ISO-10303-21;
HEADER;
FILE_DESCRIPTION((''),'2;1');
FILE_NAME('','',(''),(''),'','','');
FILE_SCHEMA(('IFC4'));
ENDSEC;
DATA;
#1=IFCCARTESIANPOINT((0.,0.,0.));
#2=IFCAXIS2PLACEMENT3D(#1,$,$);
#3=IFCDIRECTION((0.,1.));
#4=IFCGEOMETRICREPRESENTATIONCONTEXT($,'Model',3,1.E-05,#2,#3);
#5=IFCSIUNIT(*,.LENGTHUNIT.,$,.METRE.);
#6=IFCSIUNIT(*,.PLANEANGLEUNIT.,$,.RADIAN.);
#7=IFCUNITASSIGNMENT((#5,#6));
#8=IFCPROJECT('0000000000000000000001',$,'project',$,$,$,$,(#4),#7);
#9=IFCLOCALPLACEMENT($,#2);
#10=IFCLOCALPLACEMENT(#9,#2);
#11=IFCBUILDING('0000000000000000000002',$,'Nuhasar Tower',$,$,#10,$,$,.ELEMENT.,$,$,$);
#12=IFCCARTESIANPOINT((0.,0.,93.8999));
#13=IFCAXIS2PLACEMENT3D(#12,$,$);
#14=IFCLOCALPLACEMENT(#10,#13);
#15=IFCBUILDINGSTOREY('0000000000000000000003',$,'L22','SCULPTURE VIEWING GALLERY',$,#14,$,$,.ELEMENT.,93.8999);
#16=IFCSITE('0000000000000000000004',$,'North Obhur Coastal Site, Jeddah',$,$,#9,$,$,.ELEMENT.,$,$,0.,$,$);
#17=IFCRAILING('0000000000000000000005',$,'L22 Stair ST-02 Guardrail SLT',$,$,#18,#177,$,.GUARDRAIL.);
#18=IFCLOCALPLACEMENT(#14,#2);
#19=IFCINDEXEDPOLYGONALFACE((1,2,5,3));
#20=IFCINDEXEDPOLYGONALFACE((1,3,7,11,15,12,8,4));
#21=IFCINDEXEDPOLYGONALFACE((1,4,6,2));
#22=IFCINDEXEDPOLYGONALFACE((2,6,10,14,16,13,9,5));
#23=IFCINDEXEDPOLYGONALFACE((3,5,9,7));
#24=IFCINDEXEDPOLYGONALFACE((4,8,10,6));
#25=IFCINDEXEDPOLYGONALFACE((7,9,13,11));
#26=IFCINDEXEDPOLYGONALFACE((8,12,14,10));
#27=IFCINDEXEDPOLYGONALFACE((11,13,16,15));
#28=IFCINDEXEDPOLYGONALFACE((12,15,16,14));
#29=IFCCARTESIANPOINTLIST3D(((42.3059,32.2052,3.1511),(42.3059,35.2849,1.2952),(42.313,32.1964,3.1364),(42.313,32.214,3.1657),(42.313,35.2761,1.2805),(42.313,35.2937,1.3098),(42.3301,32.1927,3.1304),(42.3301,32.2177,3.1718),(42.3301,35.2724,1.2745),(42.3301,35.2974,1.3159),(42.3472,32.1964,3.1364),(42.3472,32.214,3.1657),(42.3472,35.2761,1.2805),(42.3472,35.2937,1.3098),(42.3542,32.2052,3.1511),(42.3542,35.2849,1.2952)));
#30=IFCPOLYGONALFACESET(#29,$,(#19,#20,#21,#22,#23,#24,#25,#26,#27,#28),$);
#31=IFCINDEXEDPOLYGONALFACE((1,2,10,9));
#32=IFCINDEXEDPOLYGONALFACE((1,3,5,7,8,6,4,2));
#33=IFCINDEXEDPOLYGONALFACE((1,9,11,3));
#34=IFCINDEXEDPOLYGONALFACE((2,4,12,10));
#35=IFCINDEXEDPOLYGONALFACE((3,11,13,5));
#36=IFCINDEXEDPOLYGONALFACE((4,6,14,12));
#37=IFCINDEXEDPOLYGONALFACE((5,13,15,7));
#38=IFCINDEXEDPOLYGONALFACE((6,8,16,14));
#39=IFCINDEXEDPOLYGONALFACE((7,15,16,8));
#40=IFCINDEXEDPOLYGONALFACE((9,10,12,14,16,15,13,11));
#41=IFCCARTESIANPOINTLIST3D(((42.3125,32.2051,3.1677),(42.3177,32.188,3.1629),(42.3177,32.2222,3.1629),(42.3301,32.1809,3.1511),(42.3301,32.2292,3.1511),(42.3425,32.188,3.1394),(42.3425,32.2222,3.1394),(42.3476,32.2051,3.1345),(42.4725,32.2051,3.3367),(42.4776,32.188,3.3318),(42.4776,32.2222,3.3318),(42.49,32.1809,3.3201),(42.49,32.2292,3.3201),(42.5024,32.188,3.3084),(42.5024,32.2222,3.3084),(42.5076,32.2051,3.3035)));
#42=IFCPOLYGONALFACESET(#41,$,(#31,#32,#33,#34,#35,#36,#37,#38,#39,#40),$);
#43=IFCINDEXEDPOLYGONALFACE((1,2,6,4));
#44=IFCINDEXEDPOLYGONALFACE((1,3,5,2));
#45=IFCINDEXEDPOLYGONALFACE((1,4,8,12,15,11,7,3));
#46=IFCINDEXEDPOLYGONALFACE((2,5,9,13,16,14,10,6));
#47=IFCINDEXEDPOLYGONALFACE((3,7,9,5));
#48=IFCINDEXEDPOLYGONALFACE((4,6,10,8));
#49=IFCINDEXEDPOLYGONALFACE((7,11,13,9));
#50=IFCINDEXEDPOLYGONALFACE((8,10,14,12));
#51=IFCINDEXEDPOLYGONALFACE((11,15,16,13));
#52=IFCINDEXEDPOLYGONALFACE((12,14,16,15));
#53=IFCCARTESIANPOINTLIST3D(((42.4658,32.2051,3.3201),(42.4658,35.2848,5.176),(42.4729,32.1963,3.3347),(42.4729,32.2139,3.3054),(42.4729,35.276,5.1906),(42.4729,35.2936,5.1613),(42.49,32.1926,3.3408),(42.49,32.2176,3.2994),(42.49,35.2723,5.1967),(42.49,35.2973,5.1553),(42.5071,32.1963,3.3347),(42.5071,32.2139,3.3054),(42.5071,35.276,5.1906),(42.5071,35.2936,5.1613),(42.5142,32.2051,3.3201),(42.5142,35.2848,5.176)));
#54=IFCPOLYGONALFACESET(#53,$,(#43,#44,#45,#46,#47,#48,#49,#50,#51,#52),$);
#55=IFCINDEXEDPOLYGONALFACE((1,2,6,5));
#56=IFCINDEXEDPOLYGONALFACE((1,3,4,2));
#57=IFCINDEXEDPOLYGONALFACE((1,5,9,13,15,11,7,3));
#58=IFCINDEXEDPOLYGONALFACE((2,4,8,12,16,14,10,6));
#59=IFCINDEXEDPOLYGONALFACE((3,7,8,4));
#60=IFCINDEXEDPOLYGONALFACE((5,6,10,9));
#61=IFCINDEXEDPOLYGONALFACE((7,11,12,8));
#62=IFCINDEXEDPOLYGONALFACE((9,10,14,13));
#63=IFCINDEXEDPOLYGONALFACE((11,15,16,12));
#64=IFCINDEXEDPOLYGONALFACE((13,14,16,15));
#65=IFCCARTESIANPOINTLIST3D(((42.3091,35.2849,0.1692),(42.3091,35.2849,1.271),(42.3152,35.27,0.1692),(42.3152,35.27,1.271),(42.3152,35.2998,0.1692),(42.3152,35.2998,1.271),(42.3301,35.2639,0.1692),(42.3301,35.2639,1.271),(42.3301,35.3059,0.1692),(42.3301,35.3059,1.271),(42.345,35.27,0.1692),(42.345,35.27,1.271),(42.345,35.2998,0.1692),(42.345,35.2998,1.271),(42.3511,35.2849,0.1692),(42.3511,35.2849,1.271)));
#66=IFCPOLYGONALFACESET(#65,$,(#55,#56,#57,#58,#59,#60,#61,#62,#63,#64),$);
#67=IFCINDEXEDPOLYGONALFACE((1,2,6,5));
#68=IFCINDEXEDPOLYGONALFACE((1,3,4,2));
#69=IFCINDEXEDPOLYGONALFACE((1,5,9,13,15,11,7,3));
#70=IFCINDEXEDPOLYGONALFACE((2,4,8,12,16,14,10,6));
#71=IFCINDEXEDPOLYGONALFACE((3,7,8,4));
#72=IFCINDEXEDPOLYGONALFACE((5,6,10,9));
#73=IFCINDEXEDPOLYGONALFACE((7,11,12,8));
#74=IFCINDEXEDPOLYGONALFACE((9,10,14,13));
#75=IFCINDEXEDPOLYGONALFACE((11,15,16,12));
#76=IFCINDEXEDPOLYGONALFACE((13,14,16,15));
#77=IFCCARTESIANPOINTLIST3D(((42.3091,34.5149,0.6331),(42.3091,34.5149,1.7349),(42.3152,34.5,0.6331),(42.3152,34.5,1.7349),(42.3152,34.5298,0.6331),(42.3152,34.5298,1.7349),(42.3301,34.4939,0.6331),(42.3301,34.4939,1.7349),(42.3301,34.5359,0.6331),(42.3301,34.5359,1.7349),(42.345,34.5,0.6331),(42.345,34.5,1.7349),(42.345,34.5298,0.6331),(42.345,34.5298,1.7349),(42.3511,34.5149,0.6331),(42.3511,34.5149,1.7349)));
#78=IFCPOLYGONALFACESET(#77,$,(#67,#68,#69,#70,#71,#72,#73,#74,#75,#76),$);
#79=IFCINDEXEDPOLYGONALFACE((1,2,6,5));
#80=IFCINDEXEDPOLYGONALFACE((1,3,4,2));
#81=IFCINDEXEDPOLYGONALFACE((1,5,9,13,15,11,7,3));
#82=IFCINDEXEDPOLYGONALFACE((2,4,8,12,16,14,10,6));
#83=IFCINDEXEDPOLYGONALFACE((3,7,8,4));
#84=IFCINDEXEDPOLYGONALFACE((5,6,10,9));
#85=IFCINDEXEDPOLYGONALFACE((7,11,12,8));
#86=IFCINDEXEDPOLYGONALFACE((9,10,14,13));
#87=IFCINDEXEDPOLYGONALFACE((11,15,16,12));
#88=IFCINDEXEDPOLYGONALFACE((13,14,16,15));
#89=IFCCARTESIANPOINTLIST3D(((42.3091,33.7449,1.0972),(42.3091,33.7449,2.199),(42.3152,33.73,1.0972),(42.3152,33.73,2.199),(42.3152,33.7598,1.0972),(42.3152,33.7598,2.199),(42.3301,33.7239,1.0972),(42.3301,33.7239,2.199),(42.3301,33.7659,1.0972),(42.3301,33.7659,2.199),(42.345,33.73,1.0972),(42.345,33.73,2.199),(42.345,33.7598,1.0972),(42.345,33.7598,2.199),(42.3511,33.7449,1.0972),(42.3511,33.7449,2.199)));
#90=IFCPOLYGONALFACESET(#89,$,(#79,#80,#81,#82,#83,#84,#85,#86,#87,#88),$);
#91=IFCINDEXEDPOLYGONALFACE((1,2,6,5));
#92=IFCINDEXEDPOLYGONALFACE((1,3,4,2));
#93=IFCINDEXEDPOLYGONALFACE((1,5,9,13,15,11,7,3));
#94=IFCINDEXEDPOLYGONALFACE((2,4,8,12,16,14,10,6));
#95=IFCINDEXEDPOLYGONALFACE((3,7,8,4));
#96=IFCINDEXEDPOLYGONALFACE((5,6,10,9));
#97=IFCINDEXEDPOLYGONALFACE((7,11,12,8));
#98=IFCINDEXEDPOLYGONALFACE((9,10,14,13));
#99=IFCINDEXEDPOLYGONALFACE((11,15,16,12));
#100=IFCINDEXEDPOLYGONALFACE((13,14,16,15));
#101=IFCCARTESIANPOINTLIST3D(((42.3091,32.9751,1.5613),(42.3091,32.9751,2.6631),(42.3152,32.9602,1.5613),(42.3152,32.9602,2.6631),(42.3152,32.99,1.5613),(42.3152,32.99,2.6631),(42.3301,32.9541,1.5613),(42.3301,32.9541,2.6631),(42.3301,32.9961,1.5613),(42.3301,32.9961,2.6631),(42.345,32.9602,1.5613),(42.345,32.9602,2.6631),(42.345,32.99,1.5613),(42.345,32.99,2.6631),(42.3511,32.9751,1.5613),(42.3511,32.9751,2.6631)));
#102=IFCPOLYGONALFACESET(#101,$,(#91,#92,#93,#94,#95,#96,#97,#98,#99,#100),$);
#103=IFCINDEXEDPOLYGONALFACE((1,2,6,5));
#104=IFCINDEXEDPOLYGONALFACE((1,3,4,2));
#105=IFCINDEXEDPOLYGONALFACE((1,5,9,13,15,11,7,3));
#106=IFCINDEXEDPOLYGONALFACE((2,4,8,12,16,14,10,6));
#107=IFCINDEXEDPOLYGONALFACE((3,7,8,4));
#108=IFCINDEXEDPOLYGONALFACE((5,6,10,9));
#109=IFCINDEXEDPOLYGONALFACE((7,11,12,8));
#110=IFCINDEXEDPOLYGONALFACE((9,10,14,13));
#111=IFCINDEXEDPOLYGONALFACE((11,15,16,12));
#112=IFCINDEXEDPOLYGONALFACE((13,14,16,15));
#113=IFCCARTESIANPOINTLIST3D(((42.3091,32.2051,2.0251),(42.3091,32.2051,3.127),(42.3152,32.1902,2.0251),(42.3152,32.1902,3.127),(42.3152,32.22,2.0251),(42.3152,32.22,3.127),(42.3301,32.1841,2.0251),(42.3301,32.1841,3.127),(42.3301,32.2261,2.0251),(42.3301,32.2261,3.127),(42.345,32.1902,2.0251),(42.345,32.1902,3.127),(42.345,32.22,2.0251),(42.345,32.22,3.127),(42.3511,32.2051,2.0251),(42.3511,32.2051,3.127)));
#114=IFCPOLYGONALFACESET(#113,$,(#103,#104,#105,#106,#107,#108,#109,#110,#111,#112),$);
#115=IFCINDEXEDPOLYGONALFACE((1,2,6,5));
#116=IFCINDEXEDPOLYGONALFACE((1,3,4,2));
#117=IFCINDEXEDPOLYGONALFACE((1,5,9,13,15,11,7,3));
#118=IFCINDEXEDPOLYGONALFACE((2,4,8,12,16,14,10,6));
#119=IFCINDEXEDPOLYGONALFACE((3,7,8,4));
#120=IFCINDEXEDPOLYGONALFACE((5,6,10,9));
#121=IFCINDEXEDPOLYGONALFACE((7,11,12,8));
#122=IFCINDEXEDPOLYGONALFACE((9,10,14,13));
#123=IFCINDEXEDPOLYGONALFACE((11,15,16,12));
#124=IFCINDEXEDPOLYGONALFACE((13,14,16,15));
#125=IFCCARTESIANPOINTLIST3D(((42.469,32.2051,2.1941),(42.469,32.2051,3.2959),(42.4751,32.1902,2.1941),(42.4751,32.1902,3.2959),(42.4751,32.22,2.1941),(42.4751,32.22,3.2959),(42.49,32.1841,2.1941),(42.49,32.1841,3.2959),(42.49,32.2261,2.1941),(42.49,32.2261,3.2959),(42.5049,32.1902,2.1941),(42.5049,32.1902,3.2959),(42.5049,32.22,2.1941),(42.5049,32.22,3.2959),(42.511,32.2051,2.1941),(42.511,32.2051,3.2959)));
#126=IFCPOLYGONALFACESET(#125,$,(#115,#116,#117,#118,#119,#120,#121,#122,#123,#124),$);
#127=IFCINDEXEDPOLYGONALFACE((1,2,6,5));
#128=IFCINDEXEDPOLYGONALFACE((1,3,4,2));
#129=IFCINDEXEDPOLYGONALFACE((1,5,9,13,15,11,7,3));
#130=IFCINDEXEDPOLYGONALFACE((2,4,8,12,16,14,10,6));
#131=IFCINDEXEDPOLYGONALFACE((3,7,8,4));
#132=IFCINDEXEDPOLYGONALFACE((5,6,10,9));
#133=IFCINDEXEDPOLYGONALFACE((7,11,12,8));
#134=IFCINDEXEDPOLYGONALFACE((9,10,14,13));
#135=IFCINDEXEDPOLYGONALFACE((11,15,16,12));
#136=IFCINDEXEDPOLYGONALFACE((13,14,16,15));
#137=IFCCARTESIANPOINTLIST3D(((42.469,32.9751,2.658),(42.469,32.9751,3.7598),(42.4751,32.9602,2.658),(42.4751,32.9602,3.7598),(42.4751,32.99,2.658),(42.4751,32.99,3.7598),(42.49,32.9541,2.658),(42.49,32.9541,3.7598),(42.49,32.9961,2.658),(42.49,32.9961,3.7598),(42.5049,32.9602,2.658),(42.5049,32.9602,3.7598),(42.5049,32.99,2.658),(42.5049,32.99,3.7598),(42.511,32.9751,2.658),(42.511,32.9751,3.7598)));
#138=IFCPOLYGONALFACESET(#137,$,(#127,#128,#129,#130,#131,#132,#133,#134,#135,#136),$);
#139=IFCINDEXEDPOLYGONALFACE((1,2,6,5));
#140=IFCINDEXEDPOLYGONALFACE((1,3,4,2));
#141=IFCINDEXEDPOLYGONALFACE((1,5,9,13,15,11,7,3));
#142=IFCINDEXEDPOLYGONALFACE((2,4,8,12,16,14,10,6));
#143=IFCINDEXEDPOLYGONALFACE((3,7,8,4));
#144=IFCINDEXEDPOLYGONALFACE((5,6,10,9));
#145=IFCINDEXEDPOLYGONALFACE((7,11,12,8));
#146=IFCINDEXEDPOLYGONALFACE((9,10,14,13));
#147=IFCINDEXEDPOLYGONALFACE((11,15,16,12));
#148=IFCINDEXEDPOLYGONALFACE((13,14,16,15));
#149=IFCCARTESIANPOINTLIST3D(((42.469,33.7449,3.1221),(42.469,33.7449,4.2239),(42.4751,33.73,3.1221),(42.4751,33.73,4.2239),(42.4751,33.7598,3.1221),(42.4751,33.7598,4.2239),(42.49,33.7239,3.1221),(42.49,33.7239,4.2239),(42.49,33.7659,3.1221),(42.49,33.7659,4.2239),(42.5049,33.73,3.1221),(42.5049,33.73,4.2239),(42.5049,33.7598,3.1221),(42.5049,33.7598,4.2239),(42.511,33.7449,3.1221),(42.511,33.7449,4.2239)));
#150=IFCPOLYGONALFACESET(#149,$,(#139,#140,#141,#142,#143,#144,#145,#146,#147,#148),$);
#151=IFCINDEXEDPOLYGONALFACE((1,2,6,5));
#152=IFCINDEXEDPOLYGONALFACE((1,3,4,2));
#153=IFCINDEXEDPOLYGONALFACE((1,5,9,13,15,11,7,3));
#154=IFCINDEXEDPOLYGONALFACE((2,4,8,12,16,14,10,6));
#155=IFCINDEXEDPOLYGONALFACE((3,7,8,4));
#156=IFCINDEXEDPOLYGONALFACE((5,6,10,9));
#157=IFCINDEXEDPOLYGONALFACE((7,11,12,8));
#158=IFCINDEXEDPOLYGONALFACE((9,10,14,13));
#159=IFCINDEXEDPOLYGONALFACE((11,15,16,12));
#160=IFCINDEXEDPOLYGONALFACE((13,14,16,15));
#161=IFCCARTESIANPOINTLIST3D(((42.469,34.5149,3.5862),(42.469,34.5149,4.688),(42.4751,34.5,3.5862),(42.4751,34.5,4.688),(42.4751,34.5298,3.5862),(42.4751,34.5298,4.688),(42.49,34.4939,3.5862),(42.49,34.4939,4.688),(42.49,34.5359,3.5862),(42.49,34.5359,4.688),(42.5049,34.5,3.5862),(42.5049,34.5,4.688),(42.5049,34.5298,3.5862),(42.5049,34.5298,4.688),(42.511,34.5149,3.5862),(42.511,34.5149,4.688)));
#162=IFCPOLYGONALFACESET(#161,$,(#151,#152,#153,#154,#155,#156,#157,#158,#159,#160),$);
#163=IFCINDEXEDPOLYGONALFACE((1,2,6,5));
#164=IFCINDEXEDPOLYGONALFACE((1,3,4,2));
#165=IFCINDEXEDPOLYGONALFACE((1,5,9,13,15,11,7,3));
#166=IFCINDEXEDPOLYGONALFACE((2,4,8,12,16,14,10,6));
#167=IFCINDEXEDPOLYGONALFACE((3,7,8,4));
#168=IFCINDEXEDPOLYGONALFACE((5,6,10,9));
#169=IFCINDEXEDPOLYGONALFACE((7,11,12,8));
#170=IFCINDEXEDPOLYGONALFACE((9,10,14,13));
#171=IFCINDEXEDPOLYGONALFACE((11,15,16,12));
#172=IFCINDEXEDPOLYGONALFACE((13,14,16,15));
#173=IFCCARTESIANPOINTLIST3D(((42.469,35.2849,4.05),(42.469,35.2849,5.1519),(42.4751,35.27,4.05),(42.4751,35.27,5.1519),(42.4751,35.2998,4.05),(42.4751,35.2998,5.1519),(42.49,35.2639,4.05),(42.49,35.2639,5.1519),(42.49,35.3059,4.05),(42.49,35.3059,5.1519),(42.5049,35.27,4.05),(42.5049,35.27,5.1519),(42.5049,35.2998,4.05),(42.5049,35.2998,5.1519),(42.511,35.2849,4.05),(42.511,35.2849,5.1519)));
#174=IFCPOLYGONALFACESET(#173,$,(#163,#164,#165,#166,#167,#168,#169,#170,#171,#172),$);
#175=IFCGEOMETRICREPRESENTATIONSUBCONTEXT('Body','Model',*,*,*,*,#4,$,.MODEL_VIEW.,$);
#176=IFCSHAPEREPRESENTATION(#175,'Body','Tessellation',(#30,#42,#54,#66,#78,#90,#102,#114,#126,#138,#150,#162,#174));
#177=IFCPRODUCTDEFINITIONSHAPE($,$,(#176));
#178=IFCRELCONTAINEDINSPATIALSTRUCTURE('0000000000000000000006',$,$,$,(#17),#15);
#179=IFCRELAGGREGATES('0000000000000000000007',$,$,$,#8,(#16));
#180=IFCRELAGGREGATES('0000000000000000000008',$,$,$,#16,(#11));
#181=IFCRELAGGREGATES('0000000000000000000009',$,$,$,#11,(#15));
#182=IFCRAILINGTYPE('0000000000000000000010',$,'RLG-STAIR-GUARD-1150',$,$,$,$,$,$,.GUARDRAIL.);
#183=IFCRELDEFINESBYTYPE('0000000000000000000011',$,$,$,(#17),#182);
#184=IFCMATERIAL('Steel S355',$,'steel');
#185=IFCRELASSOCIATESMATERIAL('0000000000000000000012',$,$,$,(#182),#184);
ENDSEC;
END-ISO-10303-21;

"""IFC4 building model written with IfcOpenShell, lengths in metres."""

from ifc_helpers import new_model, si_unit, direction, frame, origin, place, context, subcontext, project, spatial, polyline, outline, extrude, material, type_object, element, save


model = new_model("IFC4")

# Units and contexts
model_context = context("Model", 3, precision=1e-05, world=origin(), true_north=direction((0.0, 1.0)))
body_context = subcontext(model_context, "Body", "Model", "MODEL_VIEW")
ifc_project = project(units=[si_unit("LENGTHUNIT", "METRE"), si_unit("PLANEANGLEUNIT", "RADIAN")], contexts=[model_context])

# Site, building, storey
site_placement = place(None, origin())
site = spatial("IfcSite", under=ifc_project, at=site_placement, Name="North Obhur Coastal Site, Jeddah", CompositionType="ELEMENT", RefElevation=0.0)
building_placement = place(site_placement, origin())
building = spatial("IfcBuilding", under=site, at=building_placement, Name="Nuhasar Tower", CompositionType="ELEMENT")
storey_placement = place(building_placement, frame((0.0, 0.0, 93.8999)))
storey = spatial("IfcBuildingStorey", under=building, at=storey_placement, Name="L22", Description="SCULPTURE VIEWING GALLERY", CompositionType="ELEMENT", Elevation=93.8999)

# Shared definitions
ifc_material_1 = material(Name="Steel S355", Category="steel")

# Railing
railing_type_1 = type_object("IfcRailingType", Name="RLG-STAIR-GUARD-1150", PredefinedType="GUARDRAIL", material=ifc_material_1)
railing_1_placement = place(storey_placement, frame((42.3301, 35.2849, 0.1692)))
element("IfcRailing", 1, at=railing_1_placement, inside=storey, type_object=railing_type_1, Name="L22 Stair ST-02 Guardrail SLT", PredefinedType="GUARDRAIL", context=body_context, shape_type="SweptSolid", body=[
    extrude(outline(polyline([(0.0242, 0.0), (0.0171, 0.0171), (0.0, 0.0242), (-0.0171, 0.0171), (-0.0242, 0.0), (-0.0171, -0.0171), (0.0, -0.0242), (0.0171, -0.0171), (0.0242, 0.0)])), frame((0.0, 0.0, 1.126), z_axis=(0.0, -0.856503, 0.516142), x_axis=(1.0, 0.0, 0.0)), (0.0, 0.0, 1.0), 3.5957),
    extrude(outline(polyline([(0.0242, 0.0), (0.0171, 0.0171), (0.0, 0.0242), (-0.0171, 0.0171), (-0.0242, 0.0), (-0.0171, -0.0171), (0.0, -0.0242), (0.0171, -0.0171), (0.0242, 0.0)])), frame((0.0, -3.0798, 2.9819), z_axis=(0.687424, 0.0, 0.726256), x_axis=(0.0, 1.0, 0.0)), (0.0, 0.0, 1.0), 0.2327),
    extrude(outline(polyline([(0.0242, 0.0), (0.0171, 0.0171), (0.0, 0.0242), (-0.0171, 0.0171), (-0.0242, 0.0), (-0.0171, -0.0171), (0.0, -0.0242), (0.0171, -0.0171), (0.0242, 0.0)])), frame((0.1599, -3.0798, 3.1509), z_axis=(0.0, 0.856503, 0.516142), x_axis=(-1.0, 0.0, 0.0)), (0.0, 0.0, 1.0), 3.5957),
    extrude(outline(polyline([(0.021, 0.0), (0.0149, 0.0149), (0.0, 0.021), (-0.0149, 0.0149), (-0.021, 0.0), (-0.0149, -0.0149), (0.0, -0.021), (0.0149, -0.0149), (0.021, 0.0)])), origin(), (0.0, 0.0, 1.0), 1.1018),
    extrude(outline(polyline([(0.021, 0.0), (0.0149, 0.0149), (0.0, 0.021), (-0.0149, 0.0149), (-0.021, 0.0), (-0.0149, -0.0149), (0.0, -0.021), (0.0149, -0.0149), (0.021, 0.0)])), frame((0.0, -0.77, 0.4639)), (0.0, 0.0, 1.0), 1.1018),
    extrude(outline(polyline([(0.021, 0.0), (0.0149, 0.0149), (0.0, 0.021), (-0.0149, 0.0149), (-0.021, 0.0), (-0.0149, -0.0149), (0.0, -0.021), (0.0149, -0.0149), (0.021, 0.0)])), frame((0.0, -1.54, 0.928)), (0.0, 0.0, 1.0), 1.1018),
    extrude(outline(polyline([(0.021, 0.0), (0.0149, 0.0149), (0.0, 0.021), (-0.0149, 0.0149), (-0.021, 0.0), (-0.0149, -0.0149), (0.0, -0.021), (0.0149, -0.0149), (0.021, 0.0)])), frame((0.0, -2.3098, 1.3921)), (0.0, 0.0, 1.0), 1.1018),
    extrude(outline(polyline([(0.021, 0.0), (0.0149, 0.0149), (0.0, 0.021), (-0.0149, 0.0149), (-0.021, 0.0), (-0.0149, -0.0149), (0.0, -0.021), (0.0149, -0.0149), (0.021, 0.0)])), frame((0.0, -3.0798, 1.856)), (0.0, 0.0, 1.0), 1.1018),
    extrude(outline(polyline([(0.021, 0.0), (0.0149, 0.0149), (0.0, 0.021), (-0.0149, 0.0149), (-0.021, 0.0), (-0.0149, -0.0149), (0.0, -0.021), (0.0149, -0.0149), (0.021, 0.0)])), frame((0.1599, -3.0798, 2.0249)), (0.0, 0.0, 1.0), 1.1018),
    extrude(outline(polyline([(0.021, 0.0), (0.0149, 0.0149), (0.0, 0.021), (-0.0149, 0.0149), (-0.021, 0.0), (-0.0149, -0.0149), (0.0, -0.021), (0.0149, -0.0149), (0.021, 0.0)])), frame((0.1599, -2.3098, 2.4888)), (0.0, 0.0, 1.0), 1.1018),
    extrude(outline(polyline([(0.021, 0.0), (0.0149, 0.0149), (0.0, 0.021), (-0.0149, 0.0149), (-0.021, 0.0), (-0.0149, -0.0149), (0.0, -0.021), (0.0149, -0.0149), (0.021, 0.0)])), frame((0.1599, -1.54, 2.9529)), (0.0, 0.0, 1.0), 1.1018),
    extrude(outline(polyline([(0.021, 0.0), (0.0149, 0.0149), (0.0, 0.021), (-0.0149, 0.0149), (-0.021, 0.0), (-0.0149, -0.0149), (0.0, -0.021), (0.0149, -0.0149), (0.021, 0.0)])), frame((0.1599, -0.77, 3.417)), (0.0, 0.0, 1.0), 1.1018),
    extrude(outline(polyline([(0.021, 0.0), (0.0149, 0.0149), (0.0, 0.021), (-0.0149, 0.0149), (-0.021, 0.0), (-0.0149, -0.0149), (0.0, -0.021), (0.0149, -0.0149), (0.021, 0.0)])), frame((0.1599, 0.0, 3.8809)), (0.0, 0.0, 1.0), 1.1018),
])

save(model, "model.ifc")
